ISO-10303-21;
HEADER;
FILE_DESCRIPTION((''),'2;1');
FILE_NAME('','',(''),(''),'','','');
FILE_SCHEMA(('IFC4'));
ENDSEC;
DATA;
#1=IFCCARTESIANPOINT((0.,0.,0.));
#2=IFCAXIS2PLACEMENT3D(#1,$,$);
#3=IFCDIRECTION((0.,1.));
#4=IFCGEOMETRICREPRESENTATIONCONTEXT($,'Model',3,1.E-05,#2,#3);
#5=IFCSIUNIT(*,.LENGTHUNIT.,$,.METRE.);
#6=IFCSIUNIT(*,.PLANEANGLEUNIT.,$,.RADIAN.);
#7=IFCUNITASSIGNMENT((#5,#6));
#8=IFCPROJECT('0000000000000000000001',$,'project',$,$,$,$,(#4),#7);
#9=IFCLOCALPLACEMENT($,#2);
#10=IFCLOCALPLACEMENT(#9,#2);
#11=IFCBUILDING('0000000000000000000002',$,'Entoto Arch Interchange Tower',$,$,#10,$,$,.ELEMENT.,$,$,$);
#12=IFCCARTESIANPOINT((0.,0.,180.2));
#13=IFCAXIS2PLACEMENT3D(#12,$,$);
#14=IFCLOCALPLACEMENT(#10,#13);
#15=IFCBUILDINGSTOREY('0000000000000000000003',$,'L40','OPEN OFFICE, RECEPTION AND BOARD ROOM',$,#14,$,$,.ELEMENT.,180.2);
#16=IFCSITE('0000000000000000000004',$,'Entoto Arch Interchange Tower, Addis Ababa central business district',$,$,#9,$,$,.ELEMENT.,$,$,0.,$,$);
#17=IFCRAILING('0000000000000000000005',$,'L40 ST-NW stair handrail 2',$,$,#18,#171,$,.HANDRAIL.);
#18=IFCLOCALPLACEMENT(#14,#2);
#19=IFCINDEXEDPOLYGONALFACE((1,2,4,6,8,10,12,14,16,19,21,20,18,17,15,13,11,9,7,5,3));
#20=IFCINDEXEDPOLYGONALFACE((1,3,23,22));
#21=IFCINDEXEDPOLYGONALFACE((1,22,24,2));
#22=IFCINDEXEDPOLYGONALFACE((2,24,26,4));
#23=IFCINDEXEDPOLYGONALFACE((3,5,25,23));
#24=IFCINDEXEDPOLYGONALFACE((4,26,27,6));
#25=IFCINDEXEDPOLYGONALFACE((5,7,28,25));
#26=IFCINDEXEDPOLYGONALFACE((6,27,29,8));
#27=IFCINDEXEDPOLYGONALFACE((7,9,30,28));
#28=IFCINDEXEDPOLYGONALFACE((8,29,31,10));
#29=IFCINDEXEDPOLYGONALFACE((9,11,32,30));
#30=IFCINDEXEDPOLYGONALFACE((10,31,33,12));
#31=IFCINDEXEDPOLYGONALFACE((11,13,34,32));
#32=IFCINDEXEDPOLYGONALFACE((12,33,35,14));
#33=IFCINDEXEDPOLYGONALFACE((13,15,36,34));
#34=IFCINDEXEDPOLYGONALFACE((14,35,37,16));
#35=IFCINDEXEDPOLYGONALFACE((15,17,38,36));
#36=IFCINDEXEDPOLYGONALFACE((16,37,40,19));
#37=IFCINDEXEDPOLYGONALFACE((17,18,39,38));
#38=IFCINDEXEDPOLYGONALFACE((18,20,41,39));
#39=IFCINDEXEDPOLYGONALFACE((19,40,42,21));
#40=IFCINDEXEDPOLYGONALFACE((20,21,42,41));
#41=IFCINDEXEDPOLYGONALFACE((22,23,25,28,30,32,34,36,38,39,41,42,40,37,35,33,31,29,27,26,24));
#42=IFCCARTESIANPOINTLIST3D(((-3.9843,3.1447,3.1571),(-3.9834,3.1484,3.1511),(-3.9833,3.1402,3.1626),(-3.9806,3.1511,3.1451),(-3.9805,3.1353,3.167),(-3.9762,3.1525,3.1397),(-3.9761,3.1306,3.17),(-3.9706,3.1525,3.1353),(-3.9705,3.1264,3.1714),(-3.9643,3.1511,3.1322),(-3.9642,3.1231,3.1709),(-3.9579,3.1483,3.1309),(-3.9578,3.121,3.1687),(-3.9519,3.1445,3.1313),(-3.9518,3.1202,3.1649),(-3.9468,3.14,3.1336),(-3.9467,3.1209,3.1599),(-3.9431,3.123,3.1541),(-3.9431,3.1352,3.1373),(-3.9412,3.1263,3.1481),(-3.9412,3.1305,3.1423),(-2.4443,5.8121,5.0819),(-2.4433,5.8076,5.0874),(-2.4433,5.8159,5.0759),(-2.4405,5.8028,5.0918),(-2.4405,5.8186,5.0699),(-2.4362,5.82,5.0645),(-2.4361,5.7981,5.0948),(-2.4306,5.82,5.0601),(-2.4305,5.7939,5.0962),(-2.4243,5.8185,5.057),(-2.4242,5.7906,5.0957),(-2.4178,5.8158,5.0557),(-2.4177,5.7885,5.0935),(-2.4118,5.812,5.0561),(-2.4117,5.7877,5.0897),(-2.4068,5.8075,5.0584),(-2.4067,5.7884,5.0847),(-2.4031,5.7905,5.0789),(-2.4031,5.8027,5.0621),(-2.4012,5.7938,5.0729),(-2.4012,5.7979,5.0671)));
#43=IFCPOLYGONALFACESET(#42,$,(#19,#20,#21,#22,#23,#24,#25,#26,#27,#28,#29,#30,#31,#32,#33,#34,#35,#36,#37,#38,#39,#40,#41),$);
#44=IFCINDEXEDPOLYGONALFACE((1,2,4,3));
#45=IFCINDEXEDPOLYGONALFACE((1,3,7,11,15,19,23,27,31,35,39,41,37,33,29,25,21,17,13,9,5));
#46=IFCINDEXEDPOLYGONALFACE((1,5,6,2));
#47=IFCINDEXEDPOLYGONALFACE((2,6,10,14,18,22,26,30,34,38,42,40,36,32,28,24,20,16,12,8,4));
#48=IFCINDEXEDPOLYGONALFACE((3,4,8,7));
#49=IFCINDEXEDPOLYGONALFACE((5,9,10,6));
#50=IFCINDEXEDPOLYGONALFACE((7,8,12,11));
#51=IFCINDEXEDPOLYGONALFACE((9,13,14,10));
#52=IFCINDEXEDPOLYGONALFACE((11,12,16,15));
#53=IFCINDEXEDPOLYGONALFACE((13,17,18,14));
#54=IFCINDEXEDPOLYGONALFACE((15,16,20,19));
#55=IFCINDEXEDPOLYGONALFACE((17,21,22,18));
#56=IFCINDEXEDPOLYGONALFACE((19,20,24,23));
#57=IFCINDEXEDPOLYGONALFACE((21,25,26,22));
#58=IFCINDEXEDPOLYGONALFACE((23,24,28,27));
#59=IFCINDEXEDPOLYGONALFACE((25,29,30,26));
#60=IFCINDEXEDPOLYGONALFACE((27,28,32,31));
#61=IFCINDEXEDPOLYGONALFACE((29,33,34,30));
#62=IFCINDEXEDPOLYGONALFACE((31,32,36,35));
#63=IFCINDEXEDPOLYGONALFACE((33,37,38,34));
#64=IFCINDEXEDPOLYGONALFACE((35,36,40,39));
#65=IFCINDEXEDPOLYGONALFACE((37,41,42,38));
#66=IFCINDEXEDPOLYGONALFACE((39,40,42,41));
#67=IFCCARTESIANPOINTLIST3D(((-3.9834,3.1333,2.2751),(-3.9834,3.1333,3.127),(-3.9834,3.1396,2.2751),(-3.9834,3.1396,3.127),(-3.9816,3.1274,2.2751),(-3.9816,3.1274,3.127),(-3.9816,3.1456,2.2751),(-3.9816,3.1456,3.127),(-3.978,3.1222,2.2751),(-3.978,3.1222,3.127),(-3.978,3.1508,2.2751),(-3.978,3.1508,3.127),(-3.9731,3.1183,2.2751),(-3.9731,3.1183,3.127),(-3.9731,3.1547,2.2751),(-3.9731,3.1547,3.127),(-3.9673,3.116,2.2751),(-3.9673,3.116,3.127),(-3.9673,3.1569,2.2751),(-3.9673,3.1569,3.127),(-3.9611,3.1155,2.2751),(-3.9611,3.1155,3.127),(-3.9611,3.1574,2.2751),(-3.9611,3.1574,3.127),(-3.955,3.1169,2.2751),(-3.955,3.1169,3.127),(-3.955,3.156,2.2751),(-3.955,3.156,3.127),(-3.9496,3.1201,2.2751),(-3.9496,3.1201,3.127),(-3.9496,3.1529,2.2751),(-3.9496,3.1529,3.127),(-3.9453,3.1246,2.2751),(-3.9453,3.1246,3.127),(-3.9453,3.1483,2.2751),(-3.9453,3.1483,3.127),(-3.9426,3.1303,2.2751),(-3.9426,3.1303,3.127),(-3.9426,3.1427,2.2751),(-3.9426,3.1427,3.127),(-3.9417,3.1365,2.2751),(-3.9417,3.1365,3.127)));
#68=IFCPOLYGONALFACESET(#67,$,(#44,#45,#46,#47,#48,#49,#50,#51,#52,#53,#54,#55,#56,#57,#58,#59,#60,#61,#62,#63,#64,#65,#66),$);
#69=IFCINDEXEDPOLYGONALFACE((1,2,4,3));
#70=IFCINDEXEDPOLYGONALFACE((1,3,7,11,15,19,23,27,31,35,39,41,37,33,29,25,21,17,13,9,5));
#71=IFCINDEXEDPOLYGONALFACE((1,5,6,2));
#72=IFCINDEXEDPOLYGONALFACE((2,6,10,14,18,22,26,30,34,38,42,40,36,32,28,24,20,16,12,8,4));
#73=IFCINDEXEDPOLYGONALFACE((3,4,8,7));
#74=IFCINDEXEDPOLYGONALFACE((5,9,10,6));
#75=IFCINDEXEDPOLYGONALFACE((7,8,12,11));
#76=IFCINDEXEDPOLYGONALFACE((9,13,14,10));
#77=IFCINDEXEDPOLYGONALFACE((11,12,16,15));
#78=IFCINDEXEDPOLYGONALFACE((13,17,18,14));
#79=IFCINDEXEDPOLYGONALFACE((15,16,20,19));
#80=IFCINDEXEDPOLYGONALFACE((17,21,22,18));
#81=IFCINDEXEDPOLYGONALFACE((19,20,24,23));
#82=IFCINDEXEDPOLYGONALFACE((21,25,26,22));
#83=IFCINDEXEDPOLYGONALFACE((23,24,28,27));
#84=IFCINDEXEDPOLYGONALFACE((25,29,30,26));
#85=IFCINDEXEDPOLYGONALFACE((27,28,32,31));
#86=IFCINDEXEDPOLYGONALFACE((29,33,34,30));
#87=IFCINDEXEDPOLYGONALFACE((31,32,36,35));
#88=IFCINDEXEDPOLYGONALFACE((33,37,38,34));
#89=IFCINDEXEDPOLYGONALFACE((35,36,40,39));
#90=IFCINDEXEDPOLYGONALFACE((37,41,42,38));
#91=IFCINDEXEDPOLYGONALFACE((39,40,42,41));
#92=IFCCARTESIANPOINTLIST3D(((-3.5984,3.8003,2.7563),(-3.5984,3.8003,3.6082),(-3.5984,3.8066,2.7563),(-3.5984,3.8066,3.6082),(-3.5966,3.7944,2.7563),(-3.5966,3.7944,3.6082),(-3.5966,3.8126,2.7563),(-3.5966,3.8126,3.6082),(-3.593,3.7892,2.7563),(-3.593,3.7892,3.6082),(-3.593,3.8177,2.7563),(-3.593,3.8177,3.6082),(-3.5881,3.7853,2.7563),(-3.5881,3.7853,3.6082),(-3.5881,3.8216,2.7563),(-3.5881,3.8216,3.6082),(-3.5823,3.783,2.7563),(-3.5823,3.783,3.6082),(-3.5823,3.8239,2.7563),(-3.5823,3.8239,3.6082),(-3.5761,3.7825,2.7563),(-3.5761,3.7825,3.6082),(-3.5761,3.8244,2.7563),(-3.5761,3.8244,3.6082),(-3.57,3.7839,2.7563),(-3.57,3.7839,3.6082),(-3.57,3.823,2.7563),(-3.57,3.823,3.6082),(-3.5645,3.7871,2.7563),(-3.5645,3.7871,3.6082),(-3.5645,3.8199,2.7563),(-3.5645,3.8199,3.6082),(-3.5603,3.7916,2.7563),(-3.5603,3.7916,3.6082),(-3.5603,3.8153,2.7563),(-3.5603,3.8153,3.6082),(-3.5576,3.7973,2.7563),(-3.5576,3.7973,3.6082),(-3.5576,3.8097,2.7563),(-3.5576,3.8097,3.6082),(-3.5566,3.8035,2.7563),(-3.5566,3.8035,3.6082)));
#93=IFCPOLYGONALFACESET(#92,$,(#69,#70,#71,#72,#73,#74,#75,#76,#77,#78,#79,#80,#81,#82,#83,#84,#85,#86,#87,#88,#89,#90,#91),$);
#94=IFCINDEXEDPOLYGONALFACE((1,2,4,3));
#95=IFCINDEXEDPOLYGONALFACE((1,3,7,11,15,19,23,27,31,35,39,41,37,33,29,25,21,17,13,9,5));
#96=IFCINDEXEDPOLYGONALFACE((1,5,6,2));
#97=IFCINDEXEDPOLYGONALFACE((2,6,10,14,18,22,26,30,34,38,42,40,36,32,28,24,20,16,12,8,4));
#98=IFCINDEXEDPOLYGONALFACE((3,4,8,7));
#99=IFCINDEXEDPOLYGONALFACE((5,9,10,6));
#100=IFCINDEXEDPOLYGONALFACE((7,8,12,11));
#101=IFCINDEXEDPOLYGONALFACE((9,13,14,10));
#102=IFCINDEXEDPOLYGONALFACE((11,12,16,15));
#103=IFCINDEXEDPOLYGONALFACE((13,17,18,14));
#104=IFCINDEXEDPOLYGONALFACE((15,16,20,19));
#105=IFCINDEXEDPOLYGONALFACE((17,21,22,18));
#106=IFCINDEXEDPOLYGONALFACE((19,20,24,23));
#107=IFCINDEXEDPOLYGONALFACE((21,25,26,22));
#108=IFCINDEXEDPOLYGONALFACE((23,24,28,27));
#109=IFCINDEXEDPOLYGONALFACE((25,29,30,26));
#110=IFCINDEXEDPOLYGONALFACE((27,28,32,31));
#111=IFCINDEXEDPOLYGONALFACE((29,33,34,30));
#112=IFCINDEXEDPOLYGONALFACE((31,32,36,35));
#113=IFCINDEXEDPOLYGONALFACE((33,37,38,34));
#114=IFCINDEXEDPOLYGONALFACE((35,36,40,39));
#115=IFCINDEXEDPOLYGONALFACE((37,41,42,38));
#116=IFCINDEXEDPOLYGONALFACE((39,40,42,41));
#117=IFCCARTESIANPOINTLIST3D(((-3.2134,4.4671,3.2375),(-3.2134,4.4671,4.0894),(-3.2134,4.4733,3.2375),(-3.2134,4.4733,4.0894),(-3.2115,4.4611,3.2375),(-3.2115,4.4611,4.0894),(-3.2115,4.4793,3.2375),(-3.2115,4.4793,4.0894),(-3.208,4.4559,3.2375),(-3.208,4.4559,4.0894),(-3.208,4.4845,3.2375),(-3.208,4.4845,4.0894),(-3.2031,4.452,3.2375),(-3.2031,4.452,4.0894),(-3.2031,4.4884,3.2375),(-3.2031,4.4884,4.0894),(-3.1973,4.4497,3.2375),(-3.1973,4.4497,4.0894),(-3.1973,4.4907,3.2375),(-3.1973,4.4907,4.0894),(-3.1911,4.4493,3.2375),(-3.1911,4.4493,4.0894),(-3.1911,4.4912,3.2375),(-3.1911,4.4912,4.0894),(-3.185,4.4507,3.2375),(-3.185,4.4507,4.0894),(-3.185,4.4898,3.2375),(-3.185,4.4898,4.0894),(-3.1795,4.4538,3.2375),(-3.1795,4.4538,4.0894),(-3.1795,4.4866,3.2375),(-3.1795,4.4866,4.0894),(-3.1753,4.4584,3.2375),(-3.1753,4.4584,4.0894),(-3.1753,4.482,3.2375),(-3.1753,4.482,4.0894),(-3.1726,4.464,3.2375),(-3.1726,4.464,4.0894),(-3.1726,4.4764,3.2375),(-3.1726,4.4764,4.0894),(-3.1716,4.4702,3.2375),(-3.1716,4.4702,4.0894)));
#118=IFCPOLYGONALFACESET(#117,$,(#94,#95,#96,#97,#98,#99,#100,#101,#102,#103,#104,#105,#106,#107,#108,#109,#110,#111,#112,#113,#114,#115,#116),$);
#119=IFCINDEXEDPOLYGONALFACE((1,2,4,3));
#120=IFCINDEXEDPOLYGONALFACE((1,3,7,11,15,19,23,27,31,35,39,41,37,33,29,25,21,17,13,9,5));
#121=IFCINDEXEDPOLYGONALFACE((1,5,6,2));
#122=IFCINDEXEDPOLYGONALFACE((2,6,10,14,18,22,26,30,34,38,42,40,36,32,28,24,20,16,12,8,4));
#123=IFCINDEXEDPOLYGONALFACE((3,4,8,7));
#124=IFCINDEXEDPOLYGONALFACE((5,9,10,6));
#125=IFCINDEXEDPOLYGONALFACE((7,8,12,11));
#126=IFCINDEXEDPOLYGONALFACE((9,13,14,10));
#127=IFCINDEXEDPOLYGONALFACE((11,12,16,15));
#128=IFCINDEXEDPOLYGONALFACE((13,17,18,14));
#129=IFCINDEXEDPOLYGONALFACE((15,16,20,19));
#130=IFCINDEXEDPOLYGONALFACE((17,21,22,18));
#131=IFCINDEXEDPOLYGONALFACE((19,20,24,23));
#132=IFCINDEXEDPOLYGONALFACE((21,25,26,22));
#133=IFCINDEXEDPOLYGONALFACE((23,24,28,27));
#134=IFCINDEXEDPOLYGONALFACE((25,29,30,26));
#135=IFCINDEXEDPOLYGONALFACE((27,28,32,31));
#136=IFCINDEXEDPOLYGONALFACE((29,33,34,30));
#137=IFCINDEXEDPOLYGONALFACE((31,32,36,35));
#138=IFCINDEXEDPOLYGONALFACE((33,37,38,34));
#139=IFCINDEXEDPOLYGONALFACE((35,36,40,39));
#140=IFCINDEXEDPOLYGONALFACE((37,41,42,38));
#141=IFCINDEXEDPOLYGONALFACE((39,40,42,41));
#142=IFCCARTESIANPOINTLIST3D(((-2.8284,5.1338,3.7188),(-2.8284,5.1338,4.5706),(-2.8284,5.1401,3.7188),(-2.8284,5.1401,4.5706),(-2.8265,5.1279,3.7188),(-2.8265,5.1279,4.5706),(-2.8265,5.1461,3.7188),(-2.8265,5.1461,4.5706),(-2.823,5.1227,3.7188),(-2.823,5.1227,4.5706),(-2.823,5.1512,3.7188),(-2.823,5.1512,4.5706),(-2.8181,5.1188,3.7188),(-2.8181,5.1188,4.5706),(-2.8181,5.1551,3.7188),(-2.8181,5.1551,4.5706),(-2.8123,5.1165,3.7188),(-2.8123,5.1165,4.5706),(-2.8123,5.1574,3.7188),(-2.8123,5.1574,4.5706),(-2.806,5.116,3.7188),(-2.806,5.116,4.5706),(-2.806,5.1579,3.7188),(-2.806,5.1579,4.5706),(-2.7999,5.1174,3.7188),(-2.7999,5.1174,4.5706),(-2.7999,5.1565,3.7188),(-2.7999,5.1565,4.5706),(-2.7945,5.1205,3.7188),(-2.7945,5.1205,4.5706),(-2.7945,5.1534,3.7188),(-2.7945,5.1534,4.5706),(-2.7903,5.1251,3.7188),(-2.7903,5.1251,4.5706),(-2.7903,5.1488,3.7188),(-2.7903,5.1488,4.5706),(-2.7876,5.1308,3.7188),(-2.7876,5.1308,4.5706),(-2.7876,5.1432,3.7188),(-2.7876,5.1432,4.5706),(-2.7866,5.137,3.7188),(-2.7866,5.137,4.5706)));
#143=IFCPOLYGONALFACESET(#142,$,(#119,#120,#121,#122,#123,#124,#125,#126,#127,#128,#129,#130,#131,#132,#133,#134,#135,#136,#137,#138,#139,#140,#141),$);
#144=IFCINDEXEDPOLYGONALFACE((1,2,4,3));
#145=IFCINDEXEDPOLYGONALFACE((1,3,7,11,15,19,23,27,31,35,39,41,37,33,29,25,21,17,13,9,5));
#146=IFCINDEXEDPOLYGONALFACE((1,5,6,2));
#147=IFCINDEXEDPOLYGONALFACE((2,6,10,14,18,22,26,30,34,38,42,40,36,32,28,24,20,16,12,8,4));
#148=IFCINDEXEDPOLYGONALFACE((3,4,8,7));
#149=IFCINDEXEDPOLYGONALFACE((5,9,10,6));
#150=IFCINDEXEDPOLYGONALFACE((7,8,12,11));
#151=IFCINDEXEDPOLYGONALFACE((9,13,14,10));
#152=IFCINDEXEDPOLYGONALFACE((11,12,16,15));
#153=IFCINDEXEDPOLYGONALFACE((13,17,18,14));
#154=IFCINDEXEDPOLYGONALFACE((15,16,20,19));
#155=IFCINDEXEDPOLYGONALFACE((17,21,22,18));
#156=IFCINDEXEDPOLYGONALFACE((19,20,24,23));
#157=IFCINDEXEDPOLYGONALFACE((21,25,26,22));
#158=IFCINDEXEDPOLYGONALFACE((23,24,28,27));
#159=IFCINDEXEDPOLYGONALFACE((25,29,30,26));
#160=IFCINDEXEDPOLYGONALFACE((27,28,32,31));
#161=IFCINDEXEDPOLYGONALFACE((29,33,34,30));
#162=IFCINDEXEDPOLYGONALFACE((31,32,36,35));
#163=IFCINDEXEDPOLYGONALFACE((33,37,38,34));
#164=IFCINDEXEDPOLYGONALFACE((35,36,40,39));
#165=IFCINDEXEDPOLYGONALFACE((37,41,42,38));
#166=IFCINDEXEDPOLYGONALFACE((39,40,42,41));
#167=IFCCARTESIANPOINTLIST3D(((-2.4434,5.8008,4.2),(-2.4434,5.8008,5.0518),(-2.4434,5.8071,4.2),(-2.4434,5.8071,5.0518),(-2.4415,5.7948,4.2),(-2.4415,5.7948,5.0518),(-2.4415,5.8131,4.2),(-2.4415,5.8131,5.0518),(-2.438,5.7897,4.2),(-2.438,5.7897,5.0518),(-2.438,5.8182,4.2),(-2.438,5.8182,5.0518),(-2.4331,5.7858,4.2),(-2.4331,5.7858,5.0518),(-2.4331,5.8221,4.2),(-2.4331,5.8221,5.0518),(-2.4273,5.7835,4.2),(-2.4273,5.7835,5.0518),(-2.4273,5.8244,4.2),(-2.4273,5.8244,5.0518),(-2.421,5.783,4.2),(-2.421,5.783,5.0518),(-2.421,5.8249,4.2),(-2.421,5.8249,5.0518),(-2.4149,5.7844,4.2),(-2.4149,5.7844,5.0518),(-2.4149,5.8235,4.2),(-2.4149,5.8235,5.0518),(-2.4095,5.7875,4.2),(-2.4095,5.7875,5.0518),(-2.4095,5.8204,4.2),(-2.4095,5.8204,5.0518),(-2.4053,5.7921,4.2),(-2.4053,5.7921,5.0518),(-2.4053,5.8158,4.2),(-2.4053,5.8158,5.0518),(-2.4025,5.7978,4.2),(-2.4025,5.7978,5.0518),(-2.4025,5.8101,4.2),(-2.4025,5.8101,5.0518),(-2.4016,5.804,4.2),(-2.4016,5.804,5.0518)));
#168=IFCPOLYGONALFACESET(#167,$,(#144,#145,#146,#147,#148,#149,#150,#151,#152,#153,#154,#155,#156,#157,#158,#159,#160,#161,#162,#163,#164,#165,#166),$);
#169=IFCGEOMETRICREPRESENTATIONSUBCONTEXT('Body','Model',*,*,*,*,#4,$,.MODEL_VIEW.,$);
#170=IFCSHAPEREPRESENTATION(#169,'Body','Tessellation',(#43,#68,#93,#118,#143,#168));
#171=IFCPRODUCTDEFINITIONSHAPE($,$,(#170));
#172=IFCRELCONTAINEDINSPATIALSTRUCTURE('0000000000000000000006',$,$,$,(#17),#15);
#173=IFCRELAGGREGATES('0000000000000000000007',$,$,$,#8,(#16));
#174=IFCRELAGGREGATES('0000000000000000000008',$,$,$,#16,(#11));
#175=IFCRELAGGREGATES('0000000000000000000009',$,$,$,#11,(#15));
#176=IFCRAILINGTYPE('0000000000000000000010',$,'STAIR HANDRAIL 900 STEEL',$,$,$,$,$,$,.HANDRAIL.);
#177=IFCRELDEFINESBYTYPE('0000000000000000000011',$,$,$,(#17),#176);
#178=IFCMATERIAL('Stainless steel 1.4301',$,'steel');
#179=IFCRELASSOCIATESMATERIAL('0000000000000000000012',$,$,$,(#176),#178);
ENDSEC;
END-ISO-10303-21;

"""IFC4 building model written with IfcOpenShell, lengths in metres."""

from ifc_helpers import new_model, si_unit, direction, frame, origin, origin_2d, place, context, subcontext, project, spatial, circle, extrude, material, type_object, element, save


model = new_model("IFC4")

# Units and contexts
model_context = context("Model", 3, precision=1e-05, world=origin(), true_north=direction((0.0, 1.0)))
body_context = subcontext(model_context, "Body", "Model", "MODEL_VIEW")
ifc_project = project(units=[si_unit("LENGTHUNIT", "METRE"), si_unit("PLANEANGLEUNIT", "RADIAN")], contexts=[model_context])

# Site, building, storey
site_placement = place(None, origin())
site = spatial("IfcSite", under=ifc_project, at=site_placement, Name="Entoto Arch Interchange Tower, Addis Ababa central business district", CompositionType="ELEMENT", RefElevation=0.0)
building_placement = place(site_placement, origin())
building = spatial("IfcBuilding", under=site, at=building_placement, Name="Entoto Arch Interchange Tower", CompositionType="ELEMENT")
storey_placement = place(building_placement, frame((0.0, 0.0, 180.2)))
storey = spatial("IfcBuildingStorey", under=building, at=storey_placement, Name="L40", Description="OPEN OFFICE, RECEPTION AND BOARD ROOM", CompositionType="ELEMENT", Elevation=180.2)

# Railing
ifc_material_1 = material(Name="Stainless steel 1.4301", Category="steel")
railing_type_1 = type_object("IfcRailingType", Name="STAIR HANDRAIL 900 STEEL", PredefinedType="HANDRAIL", material=ifc_material_1)
railing_1_placement = place(storey_placement, frame((-3.9626, 3.1365, 2.2751)))
element("IfcRailing", 1, at=railing_1_placement, inside=storey, type_object=railing_type_1, Name="L40 ST-NW stair handrail 2", PredefinedType="HANDRAIL", context=body_context, shape_type="SweptSolid", body=[
    extrude(circle(Radius=0.0239, at=origin_2d()), frame((0.0, 0.0, 0.876), z_axis=(0.42401, 0.734421, 0.529945), x_axis=(-0.86603, 0.499992, 0.0)), (0.0, 0.0, 1.0), 3.6321),
    extrude(circle(Radius=0.021, at=origin_2d()), origin(), (0.0, 0.0, 1.0), 0.8518),
    extrude(circle(Radius=0.021, at=origin_2d()), frame((0.385, 0.667, 0.4812)), (0.0, 0.0, 1.0), 0.8518),
    extrude(circle(Radius=0.021, at=origin_2d()), frame((0.77, 1.3337, 0.9624)), (0.0, 0.0, 1.0), 0.8518),
    extrude(circle(Radius=0.021, at=origin_2d()), frame((1.155, 2.0005, 1.4436)), (0.0, 0.0, 1.0), 0.8518),
    extrude(circle(Radius=0.021, at=origin_2d()), frame((1.54, 2.6675, 1.9248)), (0.0, 0.0, 1.0), 0.8518),
])

save(model, "model.ifc")
